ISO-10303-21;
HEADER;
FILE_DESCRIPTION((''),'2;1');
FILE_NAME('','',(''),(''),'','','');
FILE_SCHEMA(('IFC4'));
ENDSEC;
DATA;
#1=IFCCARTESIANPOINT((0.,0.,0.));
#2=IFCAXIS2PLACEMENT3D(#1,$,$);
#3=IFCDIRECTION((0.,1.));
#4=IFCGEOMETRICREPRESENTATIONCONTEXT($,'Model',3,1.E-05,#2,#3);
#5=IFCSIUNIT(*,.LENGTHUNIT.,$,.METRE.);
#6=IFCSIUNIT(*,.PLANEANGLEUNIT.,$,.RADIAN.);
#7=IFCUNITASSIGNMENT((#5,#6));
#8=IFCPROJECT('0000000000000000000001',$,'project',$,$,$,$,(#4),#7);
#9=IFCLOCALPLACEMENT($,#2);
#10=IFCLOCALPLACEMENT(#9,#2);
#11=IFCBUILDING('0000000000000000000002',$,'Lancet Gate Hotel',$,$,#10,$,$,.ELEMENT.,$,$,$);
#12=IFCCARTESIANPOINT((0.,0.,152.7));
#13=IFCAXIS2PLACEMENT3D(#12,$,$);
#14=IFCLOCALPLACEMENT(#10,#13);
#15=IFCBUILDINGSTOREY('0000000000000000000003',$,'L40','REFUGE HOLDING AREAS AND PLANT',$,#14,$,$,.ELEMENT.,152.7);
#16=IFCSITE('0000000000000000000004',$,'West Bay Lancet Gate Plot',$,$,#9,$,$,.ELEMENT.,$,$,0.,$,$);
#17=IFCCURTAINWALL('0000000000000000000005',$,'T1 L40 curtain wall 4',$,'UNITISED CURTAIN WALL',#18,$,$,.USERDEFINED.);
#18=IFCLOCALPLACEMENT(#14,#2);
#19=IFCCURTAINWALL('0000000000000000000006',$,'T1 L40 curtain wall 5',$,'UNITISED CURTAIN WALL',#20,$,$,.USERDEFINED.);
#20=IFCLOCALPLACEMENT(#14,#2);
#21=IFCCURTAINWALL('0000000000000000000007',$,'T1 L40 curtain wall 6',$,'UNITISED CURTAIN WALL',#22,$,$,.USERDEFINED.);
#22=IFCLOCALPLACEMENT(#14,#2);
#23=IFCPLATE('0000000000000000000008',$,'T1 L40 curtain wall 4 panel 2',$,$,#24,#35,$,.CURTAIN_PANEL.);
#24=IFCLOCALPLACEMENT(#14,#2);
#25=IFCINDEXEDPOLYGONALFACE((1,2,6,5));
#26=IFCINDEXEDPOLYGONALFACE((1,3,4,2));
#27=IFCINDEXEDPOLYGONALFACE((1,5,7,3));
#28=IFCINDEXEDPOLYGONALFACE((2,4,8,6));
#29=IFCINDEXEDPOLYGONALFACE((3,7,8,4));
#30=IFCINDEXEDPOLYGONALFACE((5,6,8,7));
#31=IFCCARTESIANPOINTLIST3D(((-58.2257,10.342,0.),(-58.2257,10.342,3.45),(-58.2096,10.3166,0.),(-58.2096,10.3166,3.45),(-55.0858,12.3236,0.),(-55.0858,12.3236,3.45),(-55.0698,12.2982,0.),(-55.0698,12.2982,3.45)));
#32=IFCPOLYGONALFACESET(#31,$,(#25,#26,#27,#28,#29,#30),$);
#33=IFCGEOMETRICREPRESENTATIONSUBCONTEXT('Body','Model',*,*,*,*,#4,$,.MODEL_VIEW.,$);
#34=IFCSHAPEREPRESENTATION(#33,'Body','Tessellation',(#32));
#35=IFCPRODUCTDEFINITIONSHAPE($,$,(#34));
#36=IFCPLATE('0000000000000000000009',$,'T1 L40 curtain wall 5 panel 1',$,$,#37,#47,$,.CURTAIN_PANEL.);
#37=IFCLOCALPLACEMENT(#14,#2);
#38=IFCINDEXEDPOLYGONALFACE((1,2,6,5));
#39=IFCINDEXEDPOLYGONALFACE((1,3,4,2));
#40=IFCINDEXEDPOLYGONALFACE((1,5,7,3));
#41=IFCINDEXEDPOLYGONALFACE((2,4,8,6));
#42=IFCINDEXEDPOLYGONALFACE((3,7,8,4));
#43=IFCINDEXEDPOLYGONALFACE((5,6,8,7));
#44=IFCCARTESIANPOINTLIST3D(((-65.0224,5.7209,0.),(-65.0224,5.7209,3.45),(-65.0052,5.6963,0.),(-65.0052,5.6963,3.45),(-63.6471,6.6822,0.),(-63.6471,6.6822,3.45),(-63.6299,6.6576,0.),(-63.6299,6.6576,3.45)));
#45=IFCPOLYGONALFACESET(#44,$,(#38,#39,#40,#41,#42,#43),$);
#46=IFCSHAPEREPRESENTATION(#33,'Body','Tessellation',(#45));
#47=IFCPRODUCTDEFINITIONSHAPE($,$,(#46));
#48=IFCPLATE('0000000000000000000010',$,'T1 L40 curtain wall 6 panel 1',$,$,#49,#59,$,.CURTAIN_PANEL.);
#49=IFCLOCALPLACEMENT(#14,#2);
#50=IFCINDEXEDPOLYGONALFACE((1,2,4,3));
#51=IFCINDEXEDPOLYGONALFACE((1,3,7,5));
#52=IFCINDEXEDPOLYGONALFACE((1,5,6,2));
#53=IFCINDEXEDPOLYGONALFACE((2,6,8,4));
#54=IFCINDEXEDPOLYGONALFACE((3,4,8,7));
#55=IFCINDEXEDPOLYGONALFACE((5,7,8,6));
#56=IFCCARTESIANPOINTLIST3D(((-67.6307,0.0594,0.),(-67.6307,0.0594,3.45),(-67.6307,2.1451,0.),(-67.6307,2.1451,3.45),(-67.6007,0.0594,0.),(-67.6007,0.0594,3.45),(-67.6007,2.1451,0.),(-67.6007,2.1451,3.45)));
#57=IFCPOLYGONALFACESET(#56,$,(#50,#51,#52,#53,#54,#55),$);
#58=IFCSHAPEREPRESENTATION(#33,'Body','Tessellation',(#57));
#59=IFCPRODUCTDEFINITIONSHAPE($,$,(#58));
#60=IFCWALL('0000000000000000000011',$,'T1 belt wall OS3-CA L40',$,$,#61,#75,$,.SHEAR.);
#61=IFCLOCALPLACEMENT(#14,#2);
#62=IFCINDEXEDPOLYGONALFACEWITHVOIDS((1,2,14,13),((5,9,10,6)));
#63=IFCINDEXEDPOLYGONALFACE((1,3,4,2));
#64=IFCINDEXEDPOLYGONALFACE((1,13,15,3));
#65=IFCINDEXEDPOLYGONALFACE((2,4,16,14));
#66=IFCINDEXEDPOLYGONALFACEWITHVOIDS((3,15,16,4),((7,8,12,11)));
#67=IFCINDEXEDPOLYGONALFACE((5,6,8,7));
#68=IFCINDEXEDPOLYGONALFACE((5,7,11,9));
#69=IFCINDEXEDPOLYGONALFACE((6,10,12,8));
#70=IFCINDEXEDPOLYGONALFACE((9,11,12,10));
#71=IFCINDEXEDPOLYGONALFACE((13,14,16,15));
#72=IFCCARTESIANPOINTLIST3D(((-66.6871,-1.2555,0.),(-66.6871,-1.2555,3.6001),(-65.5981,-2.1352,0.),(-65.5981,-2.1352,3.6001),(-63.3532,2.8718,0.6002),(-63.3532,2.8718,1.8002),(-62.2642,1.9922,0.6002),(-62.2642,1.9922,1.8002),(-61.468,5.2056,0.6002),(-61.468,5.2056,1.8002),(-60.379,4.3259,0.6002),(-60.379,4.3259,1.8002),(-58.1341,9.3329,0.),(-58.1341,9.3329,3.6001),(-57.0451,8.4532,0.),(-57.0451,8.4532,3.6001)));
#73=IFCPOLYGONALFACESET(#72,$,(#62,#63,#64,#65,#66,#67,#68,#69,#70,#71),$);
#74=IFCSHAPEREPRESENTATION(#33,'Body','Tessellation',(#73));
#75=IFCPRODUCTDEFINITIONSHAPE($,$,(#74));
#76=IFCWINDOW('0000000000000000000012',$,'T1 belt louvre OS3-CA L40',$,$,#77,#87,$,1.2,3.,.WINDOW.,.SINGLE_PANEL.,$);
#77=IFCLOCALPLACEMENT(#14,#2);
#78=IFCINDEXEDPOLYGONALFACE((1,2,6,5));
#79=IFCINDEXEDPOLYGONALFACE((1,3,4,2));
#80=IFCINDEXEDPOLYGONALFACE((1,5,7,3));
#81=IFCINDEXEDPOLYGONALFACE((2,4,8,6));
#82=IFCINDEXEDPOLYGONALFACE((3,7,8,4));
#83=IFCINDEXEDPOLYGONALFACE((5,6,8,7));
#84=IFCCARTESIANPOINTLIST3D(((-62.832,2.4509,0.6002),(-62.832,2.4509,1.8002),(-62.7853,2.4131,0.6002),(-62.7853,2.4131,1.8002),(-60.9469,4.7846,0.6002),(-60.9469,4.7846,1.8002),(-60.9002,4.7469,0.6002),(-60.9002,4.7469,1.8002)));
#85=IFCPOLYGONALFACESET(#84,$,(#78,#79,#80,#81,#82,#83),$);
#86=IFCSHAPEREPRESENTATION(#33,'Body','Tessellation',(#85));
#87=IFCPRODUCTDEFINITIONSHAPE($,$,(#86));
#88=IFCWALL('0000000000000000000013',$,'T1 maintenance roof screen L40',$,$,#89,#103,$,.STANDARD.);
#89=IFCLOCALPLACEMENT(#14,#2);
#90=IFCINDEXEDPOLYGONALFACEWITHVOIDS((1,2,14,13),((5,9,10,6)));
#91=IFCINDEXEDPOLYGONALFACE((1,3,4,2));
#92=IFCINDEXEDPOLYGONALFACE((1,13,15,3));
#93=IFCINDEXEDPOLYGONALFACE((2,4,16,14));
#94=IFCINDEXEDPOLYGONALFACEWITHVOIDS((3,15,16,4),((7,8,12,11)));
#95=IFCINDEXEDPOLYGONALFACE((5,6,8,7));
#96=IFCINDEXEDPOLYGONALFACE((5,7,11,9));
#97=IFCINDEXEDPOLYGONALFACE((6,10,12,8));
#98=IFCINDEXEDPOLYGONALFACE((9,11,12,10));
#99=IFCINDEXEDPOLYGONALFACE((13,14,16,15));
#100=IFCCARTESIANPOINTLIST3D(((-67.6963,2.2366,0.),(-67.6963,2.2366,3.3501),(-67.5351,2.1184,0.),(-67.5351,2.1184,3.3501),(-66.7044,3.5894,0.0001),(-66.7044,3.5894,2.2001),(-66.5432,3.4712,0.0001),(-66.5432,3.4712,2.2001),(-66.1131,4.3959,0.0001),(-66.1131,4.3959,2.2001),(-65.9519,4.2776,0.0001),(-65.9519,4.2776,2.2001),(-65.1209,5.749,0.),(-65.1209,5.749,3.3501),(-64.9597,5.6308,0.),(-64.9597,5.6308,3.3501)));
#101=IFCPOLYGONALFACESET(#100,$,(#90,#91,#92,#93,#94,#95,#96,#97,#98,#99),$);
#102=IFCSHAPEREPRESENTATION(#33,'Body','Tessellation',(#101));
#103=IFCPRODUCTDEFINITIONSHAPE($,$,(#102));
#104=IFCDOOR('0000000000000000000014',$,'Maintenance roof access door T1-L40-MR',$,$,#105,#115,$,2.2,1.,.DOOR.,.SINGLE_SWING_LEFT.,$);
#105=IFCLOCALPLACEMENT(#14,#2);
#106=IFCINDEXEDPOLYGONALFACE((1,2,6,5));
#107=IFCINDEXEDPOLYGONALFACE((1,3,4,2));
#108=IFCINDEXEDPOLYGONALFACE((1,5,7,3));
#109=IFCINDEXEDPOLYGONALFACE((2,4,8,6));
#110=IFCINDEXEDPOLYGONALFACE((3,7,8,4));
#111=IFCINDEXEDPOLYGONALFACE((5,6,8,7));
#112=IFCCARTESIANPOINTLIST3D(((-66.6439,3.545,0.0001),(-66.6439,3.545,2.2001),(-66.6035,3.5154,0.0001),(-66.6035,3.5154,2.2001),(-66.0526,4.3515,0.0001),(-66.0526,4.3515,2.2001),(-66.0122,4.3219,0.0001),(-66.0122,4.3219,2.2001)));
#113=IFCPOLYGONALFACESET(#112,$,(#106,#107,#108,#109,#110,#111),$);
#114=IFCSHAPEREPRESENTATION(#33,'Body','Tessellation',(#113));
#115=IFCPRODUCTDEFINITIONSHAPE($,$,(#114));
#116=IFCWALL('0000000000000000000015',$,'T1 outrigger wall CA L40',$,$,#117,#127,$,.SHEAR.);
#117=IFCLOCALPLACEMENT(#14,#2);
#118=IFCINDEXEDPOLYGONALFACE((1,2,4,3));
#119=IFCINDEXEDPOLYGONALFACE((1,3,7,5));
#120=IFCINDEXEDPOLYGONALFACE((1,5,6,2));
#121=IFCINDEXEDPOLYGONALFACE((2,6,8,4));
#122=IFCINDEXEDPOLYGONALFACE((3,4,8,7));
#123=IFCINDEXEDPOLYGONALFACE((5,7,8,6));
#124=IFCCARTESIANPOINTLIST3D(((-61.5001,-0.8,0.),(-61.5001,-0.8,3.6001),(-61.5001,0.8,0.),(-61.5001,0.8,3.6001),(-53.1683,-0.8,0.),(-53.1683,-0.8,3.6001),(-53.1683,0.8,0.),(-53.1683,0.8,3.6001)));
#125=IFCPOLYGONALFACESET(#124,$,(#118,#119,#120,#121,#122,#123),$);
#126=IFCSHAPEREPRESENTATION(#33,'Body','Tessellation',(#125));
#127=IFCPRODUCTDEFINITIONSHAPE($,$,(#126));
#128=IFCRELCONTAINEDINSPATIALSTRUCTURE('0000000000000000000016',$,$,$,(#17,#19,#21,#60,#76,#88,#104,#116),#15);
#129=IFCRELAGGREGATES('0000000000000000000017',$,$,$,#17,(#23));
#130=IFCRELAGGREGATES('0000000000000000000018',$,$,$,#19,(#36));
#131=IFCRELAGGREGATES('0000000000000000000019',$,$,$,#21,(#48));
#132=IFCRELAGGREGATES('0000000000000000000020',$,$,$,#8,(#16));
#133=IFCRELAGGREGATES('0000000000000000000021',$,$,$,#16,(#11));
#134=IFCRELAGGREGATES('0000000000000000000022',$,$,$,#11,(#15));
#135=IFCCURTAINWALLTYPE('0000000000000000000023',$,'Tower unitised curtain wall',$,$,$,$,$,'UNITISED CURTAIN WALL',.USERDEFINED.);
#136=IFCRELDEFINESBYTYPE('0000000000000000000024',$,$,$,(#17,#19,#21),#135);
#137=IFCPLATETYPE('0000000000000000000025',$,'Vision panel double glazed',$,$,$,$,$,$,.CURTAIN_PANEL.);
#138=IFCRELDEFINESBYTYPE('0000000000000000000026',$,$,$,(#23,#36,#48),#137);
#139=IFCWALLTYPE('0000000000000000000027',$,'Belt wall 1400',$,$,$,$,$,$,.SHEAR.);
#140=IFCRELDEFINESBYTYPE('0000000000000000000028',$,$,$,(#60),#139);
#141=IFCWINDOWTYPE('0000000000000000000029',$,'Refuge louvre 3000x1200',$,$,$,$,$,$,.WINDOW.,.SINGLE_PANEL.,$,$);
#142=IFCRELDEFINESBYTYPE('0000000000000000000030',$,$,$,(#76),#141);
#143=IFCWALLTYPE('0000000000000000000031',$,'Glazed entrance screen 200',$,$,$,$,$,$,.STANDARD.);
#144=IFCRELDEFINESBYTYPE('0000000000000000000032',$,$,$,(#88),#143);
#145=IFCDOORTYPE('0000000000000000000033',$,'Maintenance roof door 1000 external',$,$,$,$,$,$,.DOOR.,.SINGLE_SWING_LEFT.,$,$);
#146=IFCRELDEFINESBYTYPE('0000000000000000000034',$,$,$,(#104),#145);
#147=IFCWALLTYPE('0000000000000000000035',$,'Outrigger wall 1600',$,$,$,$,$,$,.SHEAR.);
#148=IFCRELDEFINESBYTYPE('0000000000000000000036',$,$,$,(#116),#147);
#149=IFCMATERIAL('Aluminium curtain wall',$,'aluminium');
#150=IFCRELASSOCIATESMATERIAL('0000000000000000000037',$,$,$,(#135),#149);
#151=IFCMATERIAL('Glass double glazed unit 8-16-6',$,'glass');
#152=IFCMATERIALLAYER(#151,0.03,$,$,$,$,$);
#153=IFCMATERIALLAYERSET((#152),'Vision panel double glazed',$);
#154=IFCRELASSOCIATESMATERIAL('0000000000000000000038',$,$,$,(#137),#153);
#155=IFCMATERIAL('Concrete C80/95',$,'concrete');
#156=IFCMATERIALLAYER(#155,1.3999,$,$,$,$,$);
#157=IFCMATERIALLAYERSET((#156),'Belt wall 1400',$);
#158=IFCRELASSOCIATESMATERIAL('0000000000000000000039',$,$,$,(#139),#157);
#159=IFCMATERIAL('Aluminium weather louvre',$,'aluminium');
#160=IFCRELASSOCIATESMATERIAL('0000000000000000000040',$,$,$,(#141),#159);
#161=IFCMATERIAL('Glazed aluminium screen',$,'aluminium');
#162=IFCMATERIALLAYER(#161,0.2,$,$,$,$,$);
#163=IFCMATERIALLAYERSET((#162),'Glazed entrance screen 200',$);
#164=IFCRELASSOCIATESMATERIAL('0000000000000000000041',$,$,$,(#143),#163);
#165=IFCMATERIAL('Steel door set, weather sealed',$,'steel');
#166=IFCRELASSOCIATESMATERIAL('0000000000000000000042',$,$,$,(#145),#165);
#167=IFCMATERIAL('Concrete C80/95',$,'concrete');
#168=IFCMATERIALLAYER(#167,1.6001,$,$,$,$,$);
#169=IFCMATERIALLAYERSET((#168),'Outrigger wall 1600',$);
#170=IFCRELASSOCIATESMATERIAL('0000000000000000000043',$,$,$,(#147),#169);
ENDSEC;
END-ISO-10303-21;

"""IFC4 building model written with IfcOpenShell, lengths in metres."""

from ifc_helpers import new_model, si_unit, direction, frame, frame_2d, origin, origin_2d, place, context, subcontext, project, spatial, rectangle, extrude, material, layer, layer_set, type_object, element, fill, aggregate, save


model = new_model("IFC4")

# Units and contexts
model_context = context("Model", 3, precision=1e-05, world=origin(), true_north=direction((0.0, 1.0)))
body_context = subcontext(model_context, "Body", "Model", "MODEL_VIEW")
ifc_project = project(units=[si_unit("LENGTHUNIT", "METRE"), si_unit("PLANEANGLEUNIT", "RADIAN")], contexts=[model_context])

# Site, building, storey
site_placement = place(None, origin())
site = spatial("IfcSite", under=ifc_project, at=site_placement, Name="West Bay Lancet Gate Plot", CompositionType="ELEMENT", RefElevation=0.0)
building_placement = place(site_placement, origin())
building = spatial("IfcBuilding", under=site, at=building_placement, Name="Lancet Gate Hotel", CompositionType="ELEMENT")
storey_placement = place(building_placement, frame((0.0, 0.0, 152.7)))
storey = spatial("IfcBuildingStorey", under=building, at=storey_placement, Name="L40", Description="REFUGE HOLDING AREAS AND PLANT", CompositionType="ELEMENT", Elevation=152.7)

# Curtain walls
ifc_material_1 = material(Name="Aluminium curtain wall", Category="aluminium")
curtain_wall_type = type_object("IfcCurtainWallType", Name="Tower unitised curtain wall", ElementType="UNITISED CURTAIN WALL", PredefinedType="USERDEFINED", material=ifc_material_1)
curtain_wall_1_placement = place(storey_placement, origin())
curtain_wall_1 = element("IfcCurtainWall", 1, at=curtain_wall_1_placement, inside=storey, type_object=curtain_wall_type, Name="T1 L40 curtain wall 4", ObjectType="UNITISED CURTAIN WALL", PredefinedType="USERDEFINED")
curtain_wall_2_placement = place(storey_placement, origin())
curtain_wall_2 = element("IfcCurtainWall", 2, at=curtain_wall_2_placement, inside=storey, type_object=curtain_wall_type, Name="T1 L40 curtain wall 5", ObjectType="UNITISED CURTAIN WALL", PredefinedType="USERDEFINED")
curtain_wall_3_placement = place(storey_placement, origin())
curtain_wall_3 = element("IfcCurtainWall", 3, at=curtain_wall_3_placement, inside=storey, type_object=curtain_wall_type, Name="T1 L40 curtain wall 6", ObjectType="UNITISED CURTAIN WALL", PredefinedType="USERDEFINED")

# Plates
ifc_material_2 = material(Name="Glass double glazed unit 8-16-6", Category="glass")
ifc_layer_1 = layer(ifc_material_2, 0.03)
ifc_layer_set_1 = layer_set([ifc_layer_1], Name="Vision panel double glazed")
plate_type = type_object("IfcPlateType", Name="Vision panel double glazed", PredefinedType="CURTAIN_PANEL", material=ifc_layer_set_1)
plate_1_placement = place(storey_placement, frame((-56.6477, 11.3201, 0.0), z_axis=(0.0, 0.0, 1.0), x_axis=(-0.845667, -0.533711, 0.0)))
plate_1 = element("IfcPlate", 4, at=plate_1_placement, type_object=plate_type, Name="T1 L40 curtain wall 4 panel 2", PredefinedType="CURTAIN_PANEL", context=body_context, shape_type="SweptSolid", body=[
    extrude(rectangle(XDim=3.7129, YDim=0.03, at=origin_2d()), origin(), (0.0, 0.0, 1.0), 3.45),
])
aggregate(curtain_wall_1, [plate_1])
plate_2_placement = place(storey_placement, frame((-64.3262, 6.1892, 0.0), z_axis=(0.0, 0.0, 1.0), x_axis=(-0.819631, -0.572892, 0.0)))
plate_2 = element("IfcPlate", 5, at=plate_2_placement, type_object=plate_type, Name="T1 L40 curtain wall 5 panel 1", PredefinedType="CURTAIN_PANEL", context=body_context, shape_type="SweptSolid", body=[
    extrude(rectangle(XDim=1.678, YDim=0.03, at=origin_2d()), origin(), (0.0, 0.0, 1.0), 3.45),
])
aggregate(curtain_wall_2, [plate_2])
plate_3_placement = place(storey_placement, frame((-67.6157, 1.1023, 0.0), z_axis=(0.0, 0.0, 1.0), x_axis=(0.0, -1.0, 0.0)))
plate_3 = element("IfcPlate", 6, at=plate_3_placement, type_object=plate_type, Name="T1 L40 curtain wall 6 panel 1", PredefinedType="CURTAIN_PANEL", context=body_context, shape_type="SweptSolid", body=[
    extrude(rectangle(XDim=2.0857, YDim=0.03, at=origin_2d()), origin(), (0.0, 0.0, 1.0), 3.45),
])
aggregate(curtain_wall_3, [plate_3])

# Wall, opening, window
ifc_material_3 = material(Name="Concrete C80/95", Category="concrete")
ifc_layer_2 = layer(ifc_material_3, 1.3999)
ifc_layer_set_2 = layer_set([ifc_layer_2], Name="Belt wall 1400")
wall_type_1 = type_object("IfcWallType", Name="Belt wall 1400", PredefinedType="SHEAR", material=ifc_layer_set_2)
wall_1_placement = place(storey_placement, frame((-57.5896, 8.8931, 0.0), z_axis=(0.0, 0.0, 1.0), x_axis=(-0.628374, -0.777912, 0.0)))
wall_1 = element("IfcWall", 7, at=wall_1_placement, inside=storey, type_object=wall_type_1, Name="T1 belt wall OS3-CA L40", PredefinedType="SHEAR", context=body_context, shape_type="SweptSolid", body=[
    extrude(rectangle(XDim=13.6113, YDim=1.3999, at=frame_2d((6.8057, 0.0))), origin(), (0.0, 0.0, 1.0), 3.6001),
])
opening_1_placement = place(wall_1_placement, frame((5.3057, 0.0, 0.6001)))
opening_1 = element("IfcOpeningElement", 8, at=opening_1_placement, cuts=wall_1, PredefinedType="OPENING", context=body_context, shape_type="SweptSolid", body=[
    extrude(rectangle(XDim=3.0, YDim=1.2, at=frame_2d((1.5, 0.6001))), frame((0.0, 0.71, 0.0), z_axis=(0.0, -1.0, 0.0), x_axis=(1.0, 0.0, 0.0)), (0.0, 0.0, 1.0), 1.4199),
])
ifc_material_4 = material(Name="Aluminium weather louvre", Category="aluminium")
window_type = type_object("IfcWindowType", Name="Refuge louvre 3000x1200", PartitioningType="SINGLE_PANEL", PredefinedType="WINDOW", material=ifc_material_4)
window_placement = place(opening_1_placement, origin())
window = element("IfcWindow", 9, at=window_placement, inside=storey, type_object=window_type, Name="T1 belt louvre OS3-CA L40", OverallHeight=1.2, OverallWidth=3.0, PartitioningType="SINGLE_PANEL", PredefinedType="WINDOW", context=body_context, shape_type="SweptSolid", body=[
    extrude(rectangle(XDim=3.0, YDim=1.2, at=frame_2d((1.5, 0.6001))), frame((0.0, 0.03, 0.0), z_axis=(0.0, -1.0, 0.0), x_axis=(1.0, 0.0, 0.0)), (0.0, 0.0, 1.0), 0.0601),
])
fill(opening_1, window)

# Wall, opening, door
ifc_material_5 = material(Name="Glazed aluminium screen", Category="aluminium")
ifc_layer_3 = layer(ifc_material_5, 0.2)
ifc_layer_set_3 = layer_set([ifc_layer_3], Name="Glazed entrance screen 200")
wall_type_2 = type_object("IfcWallType", Name="Glazed entrance screen 200", PredefinedType="STANDARD", material=ifc_layer_set_3)
wall_2_placement = place(storey_placement, frame((-67.6157, 2.1775, 0.0), z_axis=(0.0, 0.0, 1.0), x_axis=(0.59131, 0.806444, 0.0)))
wall_2 = element("IfcWall", 10, at=wall_2_placement, inside=storey, type_object=wall_type_2, Name="T1 maintenance roof screen L40", PredefinedType="STANDARD", context=body_context, shape_type="SweptSolid", body=[
    extrude(rectangle(XDim=4.3555, YDim=0.2, at=frame_2d((2.1777, 0.0))), origin(), (0.0, 0.0, 1.0), 3.3501),
])
opening_2_placement = place(wall_2_placement, frame((1.6775, 0.0, 0.0)))
opening_2 = element("IfcOpeningElement", 11, at=opening_2_placement, cuts=wall_2, PredefinedType="OPENING", context=body_context, shape_type="SweptSolid", body=[
    extrude(rectangle(XDim=1.0, YDim=2.2, at=frame_2d((0.5, 1.1001))), frame((0.0, 0.1099, 0.0), z_axis=(0.0, -1.0, 0.0), x_axis=(1.0, 0.0, 0.0)), (0.0, 0.0, 1.0), 0.22),
])
ifc_material_6 = material(Name="Steel door set, weather sealed", Category="steel")
door_type = type_object("IfcDoorType", Name="Maintenance roof door 1000 external", OperationType="SINGLE_SWING_LEFT", PredefinedType="DOOR", material=ifc_material_6)
door_placement = place(opening_2_placement, origin())
door = element("IfcDoor", 12, at=door_placement, inside=storey, type_object=door_type, Name="Maintenance roof access door T1-L40-MR", OperationType="SINGLE_SWING_LEFT", OverallHeight=2.2, OverallWidth=1.0, PredefinedType="DOOR", context=body_context, shape_type="SweptSolid", body=[
    extrude(rectangle(XDim=1.0, YDim=2.2, at=frame_2d((0.5, 1.1001))), frame((0.0, 0.0249, 0.0), z_axis=(0.0, -1.0, 0.0), x_axis=(1.0, 0.0, 0.0)), (0.0, 0.0, 1.0), 0.05),
])
fill(opening_2, door)

# Wall
ifc_material_7 = material(Name="Concrete C80/95", Category="concrete")
ifc_layer_4 = layer(ifc_material_7, 1.6001)
ifc_layer_set_4 = layer_set([ifc_layer_4], Name="Outrigger wall 1600")
wall_type_3 = type_object("IfcWallType", Name="Outrigger wall 1600", PredefinedType="SHEAR", material=ifc_layer_set_4)
wall_3_placement = place(storey_placement, frame((-53.1682, 0.0, 0.0), z_axis=(0.0, 0.0, 1.0), x_axis=(-1.0, 0.0, 0.0)))
element("IfcWall", 13, at=wall_3_placement, inside=storey, type_object=wall_type_3, Name="T1 outrigger wall CA L40", PredefinedType="SHEAR", context=body_context, shape_type="SweptSolid", body=[
    extrude(rectangle(XDim=8.3318, YDim=1.6001, at=frame_2d((4.166, 0.0))), origin(), (0.0, 0.0, 1.0), 3.6001),
])

save(model, "model.ifc")
